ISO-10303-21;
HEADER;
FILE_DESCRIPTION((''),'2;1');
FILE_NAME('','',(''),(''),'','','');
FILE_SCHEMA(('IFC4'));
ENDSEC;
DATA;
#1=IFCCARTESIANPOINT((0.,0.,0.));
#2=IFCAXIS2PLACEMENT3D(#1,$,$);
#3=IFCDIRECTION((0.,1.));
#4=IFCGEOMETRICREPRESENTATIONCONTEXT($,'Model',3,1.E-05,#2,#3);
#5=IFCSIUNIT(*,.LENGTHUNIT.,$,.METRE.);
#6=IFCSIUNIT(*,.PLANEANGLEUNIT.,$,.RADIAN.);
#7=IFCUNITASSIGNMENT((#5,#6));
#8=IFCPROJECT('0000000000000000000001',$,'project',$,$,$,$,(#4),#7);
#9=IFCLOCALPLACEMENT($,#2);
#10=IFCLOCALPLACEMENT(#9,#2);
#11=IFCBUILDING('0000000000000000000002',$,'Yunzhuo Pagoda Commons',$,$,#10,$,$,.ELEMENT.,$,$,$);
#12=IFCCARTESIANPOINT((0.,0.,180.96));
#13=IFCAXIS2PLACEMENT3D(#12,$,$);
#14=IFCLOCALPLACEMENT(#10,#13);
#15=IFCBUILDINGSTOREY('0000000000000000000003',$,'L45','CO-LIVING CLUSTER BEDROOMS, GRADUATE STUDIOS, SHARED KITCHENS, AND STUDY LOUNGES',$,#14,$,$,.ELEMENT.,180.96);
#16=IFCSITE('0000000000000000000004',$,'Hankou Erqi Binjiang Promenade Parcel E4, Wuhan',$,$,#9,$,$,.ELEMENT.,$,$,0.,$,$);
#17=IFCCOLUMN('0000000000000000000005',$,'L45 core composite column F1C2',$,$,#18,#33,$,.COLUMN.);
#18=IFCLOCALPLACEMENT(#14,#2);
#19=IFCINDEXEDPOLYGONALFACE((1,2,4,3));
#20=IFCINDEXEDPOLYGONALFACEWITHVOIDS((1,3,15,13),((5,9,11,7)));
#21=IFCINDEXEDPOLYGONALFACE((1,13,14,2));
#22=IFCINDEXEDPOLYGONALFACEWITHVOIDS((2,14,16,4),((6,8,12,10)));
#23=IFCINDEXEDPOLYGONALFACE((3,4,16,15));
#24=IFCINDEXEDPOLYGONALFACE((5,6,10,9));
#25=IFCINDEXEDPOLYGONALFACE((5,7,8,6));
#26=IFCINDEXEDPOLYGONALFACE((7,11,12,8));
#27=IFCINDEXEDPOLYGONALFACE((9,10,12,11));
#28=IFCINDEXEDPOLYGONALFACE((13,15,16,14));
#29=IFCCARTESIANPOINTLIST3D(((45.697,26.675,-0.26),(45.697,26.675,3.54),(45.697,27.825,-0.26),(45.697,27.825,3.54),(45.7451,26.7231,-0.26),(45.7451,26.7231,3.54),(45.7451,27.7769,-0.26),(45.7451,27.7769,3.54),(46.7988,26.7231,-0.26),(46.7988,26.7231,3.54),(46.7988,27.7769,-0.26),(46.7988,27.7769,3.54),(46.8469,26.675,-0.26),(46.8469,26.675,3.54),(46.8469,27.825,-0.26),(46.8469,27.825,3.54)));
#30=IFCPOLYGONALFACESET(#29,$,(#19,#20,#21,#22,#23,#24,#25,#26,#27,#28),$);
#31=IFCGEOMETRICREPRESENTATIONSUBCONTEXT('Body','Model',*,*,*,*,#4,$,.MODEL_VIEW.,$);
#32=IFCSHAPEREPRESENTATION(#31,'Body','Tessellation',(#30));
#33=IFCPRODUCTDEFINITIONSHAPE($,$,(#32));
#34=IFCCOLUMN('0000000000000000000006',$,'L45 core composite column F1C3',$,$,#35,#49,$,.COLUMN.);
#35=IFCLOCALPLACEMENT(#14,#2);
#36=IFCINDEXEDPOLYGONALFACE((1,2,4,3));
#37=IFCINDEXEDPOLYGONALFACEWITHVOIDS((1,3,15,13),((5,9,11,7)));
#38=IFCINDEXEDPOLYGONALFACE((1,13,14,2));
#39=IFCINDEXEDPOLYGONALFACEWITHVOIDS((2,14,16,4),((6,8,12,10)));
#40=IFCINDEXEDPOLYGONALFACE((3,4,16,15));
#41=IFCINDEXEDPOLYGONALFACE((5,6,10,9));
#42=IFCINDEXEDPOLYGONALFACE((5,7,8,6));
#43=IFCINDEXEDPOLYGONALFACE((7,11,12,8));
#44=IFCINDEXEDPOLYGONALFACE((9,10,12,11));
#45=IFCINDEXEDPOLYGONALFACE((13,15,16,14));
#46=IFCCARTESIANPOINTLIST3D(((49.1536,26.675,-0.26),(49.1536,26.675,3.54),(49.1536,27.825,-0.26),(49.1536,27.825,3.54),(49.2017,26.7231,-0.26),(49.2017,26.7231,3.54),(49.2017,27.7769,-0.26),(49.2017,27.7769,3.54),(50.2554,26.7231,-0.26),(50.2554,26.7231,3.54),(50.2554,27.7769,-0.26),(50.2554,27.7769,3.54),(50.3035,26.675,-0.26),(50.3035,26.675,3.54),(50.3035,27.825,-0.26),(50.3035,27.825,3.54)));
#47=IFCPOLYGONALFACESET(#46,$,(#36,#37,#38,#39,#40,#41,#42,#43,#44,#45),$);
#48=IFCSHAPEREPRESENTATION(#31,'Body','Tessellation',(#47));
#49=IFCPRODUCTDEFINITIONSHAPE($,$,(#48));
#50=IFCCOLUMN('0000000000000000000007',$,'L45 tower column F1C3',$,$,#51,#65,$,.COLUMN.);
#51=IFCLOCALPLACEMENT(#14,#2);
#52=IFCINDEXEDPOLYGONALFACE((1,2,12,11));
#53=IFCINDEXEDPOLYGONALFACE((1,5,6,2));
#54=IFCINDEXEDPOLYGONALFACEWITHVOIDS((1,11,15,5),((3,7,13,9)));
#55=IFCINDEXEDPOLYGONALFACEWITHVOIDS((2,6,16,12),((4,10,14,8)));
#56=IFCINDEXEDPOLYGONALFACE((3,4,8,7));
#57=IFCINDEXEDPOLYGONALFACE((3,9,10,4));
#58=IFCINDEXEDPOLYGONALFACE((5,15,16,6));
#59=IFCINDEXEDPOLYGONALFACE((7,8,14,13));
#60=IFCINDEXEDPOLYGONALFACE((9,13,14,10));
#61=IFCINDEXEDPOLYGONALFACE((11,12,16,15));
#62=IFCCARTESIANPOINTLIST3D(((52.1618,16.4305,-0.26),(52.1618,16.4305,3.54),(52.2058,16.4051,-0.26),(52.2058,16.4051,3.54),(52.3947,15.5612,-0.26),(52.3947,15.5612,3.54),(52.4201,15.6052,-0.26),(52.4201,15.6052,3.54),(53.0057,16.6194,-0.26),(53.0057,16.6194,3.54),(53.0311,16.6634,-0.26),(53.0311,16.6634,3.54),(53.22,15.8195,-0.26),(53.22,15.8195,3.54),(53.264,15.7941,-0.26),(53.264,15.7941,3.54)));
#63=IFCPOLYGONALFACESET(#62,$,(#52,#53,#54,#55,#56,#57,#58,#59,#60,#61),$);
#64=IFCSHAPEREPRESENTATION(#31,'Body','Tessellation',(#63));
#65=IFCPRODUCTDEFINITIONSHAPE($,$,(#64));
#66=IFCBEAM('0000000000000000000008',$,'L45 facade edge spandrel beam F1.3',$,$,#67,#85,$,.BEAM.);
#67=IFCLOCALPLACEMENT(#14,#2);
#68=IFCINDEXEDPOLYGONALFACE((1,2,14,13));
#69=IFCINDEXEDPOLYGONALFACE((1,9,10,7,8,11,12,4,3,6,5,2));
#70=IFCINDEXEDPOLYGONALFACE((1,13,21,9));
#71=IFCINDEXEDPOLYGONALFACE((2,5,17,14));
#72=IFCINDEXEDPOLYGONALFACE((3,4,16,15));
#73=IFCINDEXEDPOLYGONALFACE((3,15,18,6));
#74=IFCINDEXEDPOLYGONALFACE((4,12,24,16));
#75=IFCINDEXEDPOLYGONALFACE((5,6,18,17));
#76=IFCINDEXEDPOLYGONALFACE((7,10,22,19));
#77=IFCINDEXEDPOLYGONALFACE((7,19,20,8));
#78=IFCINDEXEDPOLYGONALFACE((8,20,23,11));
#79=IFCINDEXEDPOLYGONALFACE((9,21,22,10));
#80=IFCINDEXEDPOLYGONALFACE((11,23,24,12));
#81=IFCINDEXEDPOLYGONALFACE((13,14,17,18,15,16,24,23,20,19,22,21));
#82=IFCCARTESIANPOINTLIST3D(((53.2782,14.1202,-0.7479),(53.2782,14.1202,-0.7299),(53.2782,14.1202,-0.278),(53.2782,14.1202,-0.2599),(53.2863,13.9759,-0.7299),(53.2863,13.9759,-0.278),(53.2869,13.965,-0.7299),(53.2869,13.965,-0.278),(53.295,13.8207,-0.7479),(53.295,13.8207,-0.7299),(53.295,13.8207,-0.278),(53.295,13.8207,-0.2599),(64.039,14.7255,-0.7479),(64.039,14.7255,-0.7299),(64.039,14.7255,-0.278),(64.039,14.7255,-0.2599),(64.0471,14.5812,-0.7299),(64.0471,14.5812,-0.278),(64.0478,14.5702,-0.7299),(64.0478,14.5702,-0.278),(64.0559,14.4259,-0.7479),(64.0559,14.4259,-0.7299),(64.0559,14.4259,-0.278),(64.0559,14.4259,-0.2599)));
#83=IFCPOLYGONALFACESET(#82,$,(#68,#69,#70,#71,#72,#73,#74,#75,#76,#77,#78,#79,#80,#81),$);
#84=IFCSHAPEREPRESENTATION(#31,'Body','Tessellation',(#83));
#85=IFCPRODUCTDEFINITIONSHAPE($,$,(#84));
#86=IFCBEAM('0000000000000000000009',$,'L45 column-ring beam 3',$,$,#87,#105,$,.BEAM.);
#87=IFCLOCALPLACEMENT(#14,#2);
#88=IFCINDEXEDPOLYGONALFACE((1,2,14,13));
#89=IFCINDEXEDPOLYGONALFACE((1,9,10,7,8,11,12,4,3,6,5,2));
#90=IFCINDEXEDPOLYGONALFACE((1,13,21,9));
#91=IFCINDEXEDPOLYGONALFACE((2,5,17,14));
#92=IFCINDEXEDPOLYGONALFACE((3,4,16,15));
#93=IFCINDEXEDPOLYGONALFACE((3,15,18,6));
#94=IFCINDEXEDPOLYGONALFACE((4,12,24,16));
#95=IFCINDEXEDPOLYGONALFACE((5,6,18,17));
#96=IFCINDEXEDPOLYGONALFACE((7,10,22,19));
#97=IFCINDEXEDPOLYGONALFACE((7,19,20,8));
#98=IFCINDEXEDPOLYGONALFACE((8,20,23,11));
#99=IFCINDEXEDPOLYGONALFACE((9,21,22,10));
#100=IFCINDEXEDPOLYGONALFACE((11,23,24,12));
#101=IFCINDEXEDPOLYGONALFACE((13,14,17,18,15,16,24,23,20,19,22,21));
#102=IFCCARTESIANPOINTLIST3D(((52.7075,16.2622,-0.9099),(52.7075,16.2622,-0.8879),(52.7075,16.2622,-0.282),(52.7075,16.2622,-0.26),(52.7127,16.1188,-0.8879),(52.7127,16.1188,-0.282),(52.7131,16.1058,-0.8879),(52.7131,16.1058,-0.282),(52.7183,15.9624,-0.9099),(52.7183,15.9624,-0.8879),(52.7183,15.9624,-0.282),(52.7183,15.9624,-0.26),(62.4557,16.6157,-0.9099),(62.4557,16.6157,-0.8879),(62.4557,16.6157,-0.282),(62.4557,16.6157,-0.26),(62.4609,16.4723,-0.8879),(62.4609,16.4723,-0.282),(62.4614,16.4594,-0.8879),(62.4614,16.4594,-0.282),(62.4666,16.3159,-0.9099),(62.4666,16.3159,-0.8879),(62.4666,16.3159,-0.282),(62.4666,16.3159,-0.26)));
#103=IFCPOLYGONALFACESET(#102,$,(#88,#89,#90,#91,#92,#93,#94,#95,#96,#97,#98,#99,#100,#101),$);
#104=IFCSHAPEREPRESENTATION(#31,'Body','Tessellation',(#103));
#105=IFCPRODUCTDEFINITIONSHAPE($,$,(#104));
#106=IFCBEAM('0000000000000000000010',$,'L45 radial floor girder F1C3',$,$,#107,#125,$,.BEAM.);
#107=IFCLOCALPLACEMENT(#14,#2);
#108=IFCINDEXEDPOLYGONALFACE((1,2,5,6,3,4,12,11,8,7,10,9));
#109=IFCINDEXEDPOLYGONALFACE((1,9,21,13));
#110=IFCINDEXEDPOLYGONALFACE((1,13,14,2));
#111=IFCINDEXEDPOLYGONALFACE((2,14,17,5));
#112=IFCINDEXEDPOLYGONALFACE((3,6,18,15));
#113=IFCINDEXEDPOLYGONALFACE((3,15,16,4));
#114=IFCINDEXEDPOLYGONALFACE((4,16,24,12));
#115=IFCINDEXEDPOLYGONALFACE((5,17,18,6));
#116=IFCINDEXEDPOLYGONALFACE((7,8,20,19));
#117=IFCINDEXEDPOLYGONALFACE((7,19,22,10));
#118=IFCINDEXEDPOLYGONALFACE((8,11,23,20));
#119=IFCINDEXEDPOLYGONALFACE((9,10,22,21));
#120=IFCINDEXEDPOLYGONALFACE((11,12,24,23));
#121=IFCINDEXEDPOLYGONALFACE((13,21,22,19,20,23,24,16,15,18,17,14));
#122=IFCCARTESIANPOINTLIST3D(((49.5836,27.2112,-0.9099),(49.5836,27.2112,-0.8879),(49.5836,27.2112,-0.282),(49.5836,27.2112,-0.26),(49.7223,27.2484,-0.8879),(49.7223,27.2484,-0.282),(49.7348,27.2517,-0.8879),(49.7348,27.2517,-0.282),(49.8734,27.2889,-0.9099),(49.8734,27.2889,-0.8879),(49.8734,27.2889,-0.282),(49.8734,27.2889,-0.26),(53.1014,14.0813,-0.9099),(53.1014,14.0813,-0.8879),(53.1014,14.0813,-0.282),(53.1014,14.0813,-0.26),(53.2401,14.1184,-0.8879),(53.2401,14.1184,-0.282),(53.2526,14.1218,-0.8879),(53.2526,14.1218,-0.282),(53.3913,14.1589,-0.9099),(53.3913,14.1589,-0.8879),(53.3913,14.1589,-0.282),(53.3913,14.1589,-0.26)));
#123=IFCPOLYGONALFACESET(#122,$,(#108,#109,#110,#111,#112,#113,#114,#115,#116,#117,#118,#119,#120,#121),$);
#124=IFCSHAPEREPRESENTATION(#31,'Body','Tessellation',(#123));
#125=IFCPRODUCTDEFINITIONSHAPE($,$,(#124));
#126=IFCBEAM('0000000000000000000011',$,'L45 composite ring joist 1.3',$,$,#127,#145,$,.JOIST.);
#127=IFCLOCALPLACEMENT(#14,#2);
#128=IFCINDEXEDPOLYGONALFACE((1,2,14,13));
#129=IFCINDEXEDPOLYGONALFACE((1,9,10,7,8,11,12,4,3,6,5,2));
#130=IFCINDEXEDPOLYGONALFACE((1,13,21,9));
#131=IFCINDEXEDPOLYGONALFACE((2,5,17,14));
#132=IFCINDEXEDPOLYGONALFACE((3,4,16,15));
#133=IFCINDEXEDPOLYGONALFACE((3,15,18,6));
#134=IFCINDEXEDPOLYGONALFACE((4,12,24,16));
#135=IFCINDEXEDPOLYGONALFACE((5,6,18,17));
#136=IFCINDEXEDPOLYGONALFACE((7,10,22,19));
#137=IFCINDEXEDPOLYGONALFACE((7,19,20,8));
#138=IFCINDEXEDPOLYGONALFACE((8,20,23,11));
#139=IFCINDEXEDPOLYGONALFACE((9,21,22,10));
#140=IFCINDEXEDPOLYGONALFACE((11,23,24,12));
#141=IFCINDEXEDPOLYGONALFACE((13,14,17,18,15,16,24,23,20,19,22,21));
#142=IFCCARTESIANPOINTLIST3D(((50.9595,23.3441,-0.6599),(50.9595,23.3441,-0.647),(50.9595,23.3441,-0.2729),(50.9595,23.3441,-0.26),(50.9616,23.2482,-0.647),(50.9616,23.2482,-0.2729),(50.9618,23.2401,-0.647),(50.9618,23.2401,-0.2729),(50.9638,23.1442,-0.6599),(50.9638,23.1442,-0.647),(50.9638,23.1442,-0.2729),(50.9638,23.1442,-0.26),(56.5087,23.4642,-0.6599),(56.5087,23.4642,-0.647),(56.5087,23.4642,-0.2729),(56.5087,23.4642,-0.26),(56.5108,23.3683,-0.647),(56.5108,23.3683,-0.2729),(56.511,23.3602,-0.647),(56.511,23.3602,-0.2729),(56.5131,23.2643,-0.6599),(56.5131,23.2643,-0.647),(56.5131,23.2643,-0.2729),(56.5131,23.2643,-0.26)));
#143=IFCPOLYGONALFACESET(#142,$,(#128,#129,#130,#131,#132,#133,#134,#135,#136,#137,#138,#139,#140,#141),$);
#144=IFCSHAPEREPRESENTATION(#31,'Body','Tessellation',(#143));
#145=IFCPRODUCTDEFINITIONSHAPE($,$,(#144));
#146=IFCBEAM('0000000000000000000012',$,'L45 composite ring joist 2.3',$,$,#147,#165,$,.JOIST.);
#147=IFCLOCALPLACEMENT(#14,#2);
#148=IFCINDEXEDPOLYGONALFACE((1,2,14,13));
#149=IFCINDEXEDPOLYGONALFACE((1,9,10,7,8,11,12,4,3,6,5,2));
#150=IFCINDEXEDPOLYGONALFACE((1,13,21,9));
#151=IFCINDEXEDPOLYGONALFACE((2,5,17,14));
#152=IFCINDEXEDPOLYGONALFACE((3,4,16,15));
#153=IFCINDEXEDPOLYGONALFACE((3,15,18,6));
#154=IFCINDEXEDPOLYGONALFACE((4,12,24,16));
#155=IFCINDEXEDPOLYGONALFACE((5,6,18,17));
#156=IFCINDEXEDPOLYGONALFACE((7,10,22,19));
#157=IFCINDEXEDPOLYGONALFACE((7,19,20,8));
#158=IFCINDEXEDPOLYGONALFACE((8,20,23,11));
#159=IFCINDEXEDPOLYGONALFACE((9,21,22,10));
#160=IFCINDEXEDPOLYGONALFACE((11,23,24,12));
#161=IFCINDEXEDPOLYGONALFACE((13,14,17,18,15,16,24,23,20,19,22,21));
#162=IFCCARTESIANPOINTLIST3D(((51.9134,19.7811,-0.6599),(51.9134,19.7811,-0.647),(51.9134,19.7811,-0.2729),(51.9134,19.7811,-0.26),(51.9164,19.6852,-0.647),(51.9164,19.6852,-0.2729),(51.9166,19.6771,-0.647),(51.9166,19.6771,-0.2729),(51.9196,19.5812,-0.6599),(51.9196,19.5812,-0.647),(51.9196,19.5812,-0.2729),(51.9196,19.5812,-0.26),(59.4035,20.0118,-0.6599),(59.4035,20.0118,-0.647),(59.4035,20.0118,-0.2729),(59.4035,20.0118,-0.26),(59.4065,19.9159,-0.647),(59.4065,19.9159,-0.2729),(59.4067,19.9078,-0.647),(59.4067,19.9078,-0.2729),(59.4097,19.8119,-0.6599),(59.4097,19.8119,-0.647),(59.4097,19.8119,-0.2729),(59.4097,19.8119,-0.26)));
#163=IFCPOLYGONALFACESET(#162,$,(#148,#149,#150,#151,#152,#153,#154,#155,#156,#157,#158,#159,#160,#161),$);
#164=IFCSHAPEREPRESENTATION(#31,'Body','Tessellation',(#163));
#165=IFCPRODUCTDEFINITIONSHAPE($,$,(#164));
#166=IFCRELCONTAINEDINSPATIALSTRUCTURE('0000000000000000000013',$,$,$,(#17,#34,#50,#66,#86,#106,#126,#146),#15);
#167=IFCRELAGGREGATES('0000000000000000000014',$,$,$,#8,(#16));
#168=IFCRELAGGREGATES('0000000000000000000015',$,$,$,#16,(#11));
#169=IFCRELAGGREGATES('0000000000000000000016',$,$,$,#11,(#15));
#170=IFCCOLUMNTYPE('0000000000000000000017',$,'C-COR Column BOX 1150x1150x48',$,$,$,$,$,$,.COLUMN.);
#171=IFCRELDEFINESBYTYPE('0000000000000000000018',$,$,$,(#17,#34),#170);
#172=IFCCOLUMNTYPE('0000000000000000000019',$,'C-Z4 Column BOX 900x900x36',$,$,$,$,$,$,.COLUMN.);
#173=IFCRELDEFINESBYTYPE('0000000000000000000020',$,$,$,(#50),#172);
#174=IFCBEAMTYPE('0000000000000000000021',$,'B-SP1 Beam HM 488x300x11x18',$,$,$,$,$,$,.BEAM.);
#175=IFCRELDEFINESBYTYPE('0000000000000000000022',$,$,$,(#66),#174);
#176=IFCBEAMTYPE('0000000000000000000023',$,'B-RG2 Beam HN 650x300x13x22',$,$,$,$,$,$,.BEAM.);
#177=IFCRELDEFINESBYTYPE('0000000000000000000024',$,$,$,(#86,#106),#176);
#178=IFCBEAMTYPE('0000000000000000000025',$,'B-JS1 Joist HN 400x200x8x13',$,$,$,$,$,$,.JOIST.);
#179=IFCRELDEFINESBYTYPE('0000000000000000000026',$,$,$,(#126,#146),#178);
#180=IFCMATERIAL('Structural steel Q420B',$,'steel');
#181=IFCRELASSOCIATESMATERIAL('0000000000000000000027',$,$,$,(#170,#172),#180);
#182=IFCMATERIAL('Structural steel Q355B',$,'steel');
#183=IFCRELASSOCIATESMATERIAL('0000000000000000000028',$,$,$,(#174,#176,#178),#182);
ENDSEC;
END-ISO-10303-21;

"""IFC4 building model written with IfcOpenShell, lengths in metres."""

from ifc_helpers import new_model, si_unit, direction, frame, origin, origin_2d, place, context, subcontext, project, spatial, hollow_rectangle, i_section, extrude, source, transform, mapped, material, material_profile, profile_set, type_object, element, save


model = new_model("IFC4")

# Units and contexts
model_context = context("Model", 3, precision=1e-05, world=origin(), true_north=direction((0.0, 1.0)))
body_context = subcontext(model_context, "Body", "Model", "MODEL_VIEW")
ifc_project = project(units=[si_unit("LENGTHUNIT", "METRE"), si_unit("PLANEANGLEUNIT", "RADIAN")], contexts=[model_context])

# Site, building, storey
site_placement = place(None, origin())
site = spatial("IfcSite", under=ifc_project, at=site_placement, Name="Hankou Erqi Binjiang Promenade Parcel E4, Wuhan", CompositionType="ELEMENT", RefElevation=0.0)
building_placement = place(site_placement, origin())
building = spatial("IfcBuilding", under=site, at=building_placement, Name="Yunzhuo Pagoda Commons", CompositionType="ELEMENT")
storey_placement = place(building_placement, frame((0.0, 0.0, 180.96)))
storey = spatial("IfcBuildingStorey", under=building, at=storey_placement, Name="L45", Description="CO-LIVING CLUSTER BEDROOMS, GRADUATE STUDIOS, SHARED KITCHENS, AND STUDY LOUNGES", CompositionType="ELEMENT", Elevation=180.96)

# Columns
ifc_material_1 = material(Name="Structural steel Q420B", Category="steel")
ifc_material_profile_1 = material_profile(ifc_material_1, hollow_rectangle(XDim=1.1499, YDim=1.1499, WallThickness=0.0481, at=origin_2d()), Name="Structural steel Q420B")
ifc_profile_set_1 = profile_set([ifc_material_profile_1], Name="Structural steel Q420B")
column_type_1 = type_object("IfcColumnType", Name="C-COR Column BOX 1150x1150x48", PredefinedType="COLUMN", material=ifc_profile_set_1)
shared_shape_1 = source(origin(), body_context, "Body", "SweptSolid", [
    extrude(hollow_rectangle(XDim=1.1499, YDim=1.1499, WallThickness=0.0481, at=origin_2d()), origin(), (0.0, 0.0, 1.0), 3.8),
])
for number, where, z_axis, x_axis, name in (
    (1, (46.272, 27.25, -0.26), (0.0, 0.0, 1.0), (1.0, 0.0, 0.0), "L45 core composite column F1C2"),
    (2, (49.7285, 27.25, -0.26), (0.0, 0.0, 1.0), (1.0, 0.0, 0.0), "L45 core composite column F1C3"),
):
    element("IfcColumn", number, at=place(storey_placement, frame(where, z_axis=z_axis, x_axis=x_axis)), inside=storey, type_object=column_type_1, Name=name, PredefinedType="COLUMN", context=body_context, shape_type="MappedRepresentation", body=[
        mapped(shared_shape_1, transform((0.0, 0.0, 0.0), scale=1.0)),
    ])
ifc_material_profile_2 = material_profile(ifc_material_1, hollow_rectangle(XDim=0.8999, YDim=0.8999, WallThickness=0.0359, at=origin_2d()), Name="Structural steel Q420B")
ifc_profile_set_2 = profile_set([ifc_material_profile_2], Name="Structural steel Q420B")
column_type_2 = type_object("IfcColumnType", Name="C-Z4 Column BOX 900x900x36", PredefinedType="COLUMN", material=ifc_profile_set_2)
shared_shape_2 = source(origin(), body_context, "Body", "SweptSolid", [
    extrude(hollow_rectangle(XDim=0.8999, YDim=0.8999, WallThickness=0.0359, at=origin_2d()), origin(), (0.0, 0.0, 1.0), 3.8),
])
column_placement = place(storey_placement, frame((52.7129, 16.1123, -0.26), z_axis=(0.0, 0.0, 1.0), x_axis=(0.965926, 0.258819, 0.0)))
element("IfcColumn", 3, at=column_placement, inside=storey, type_object=column_type_2, Name="L45 tower column F1C3", PredefinedType="COLUMN", context=body_context, shape_type="MappedRepresentation", body=[
    mapped(shared_shape_2, transform((0.0, 0.0, 0.0), scale=1.0)),
])

# Beams
ifc_material_2 = material(Name="Structural steel Q355B", Category="steel")
ifc_material_profile_3 = material_profile(ifc_material_2, i_section(OverallWidth=0.3, OverallDepth=0.488, WebThickness=0.011, FlangeThickness=0.0181, at=origin_2d()), Name="Structural steel Q355B")
ifc_profile_set_3 = profile_set([ifc_material_profile_3], Name="Structural steel Q355B")
beam_type_1 = type_object("IfcBeamType", Name="B-SP1 Beam HM 488x300x11x18", PredefinedType="BEAM", material=ifc_profile_set_3)
shared_shape_3 = source(origin(), body_context, "Body", "SweptSolid", [
    extrude(i_section(OverallWidth=0.3, OverallDepth=0.488, WebThickness=0.011, FlangeThickness=0.0181, at=origin_2d()), origin(), (0.0, 0.0, 1.0), 10.7778),
])
beam_1_placement = place(storey_placement, frame((53.2866, 13.9705, -0.5039), z_axis=(0.998422, 0.056155, 0.0), x_axis=(-0.056155, 0.998422, 0.0)))
element("IfcBeam", 4, at=beam_1_placement, inside=storey, type_object=beam_type_1, Name="L45 facade edge spandrel beam F1.3", PredefinedType="BEAM", context=body_context, shape_type="MappedRepresentation", body=[
    mapped(shared_shape_3, transform((0.0, 0.0, 0.0), scale=1.0)),
])
ifc_material_profile_4 = material_profile(ifc_material_2, i_section(OverallWidth=0.3, OverallDepth=0.6499, WebThickness=0.0129, FlangeThickness=0.022, at=origin_2d()), Name="Structural steel Q355B")
ifc_profile_set_4 = profile_set([ifc_material_profile_4], Name="Structural steel Q355B")
beam_type_2 = type_object("IfcBeamType", Name="B-RG2 Beam HN 650x300x13x22", PredefinedType="BEAM", material=ifc_profile_set_4)
shared_shape_4 = source(origin(), body_context, "Body", "SweptSolid", [
    extrude(i_section(OverallWidth=0.3, OverallDepth=0.6499, WebThickness=0.0129, FlangeThickness=0.022, at=origin_2d()), origin(), (0.0, 0.0, 1.0), 9.7546),
])
beam_2_placement = place(storey_placement, frame((52.7129, 16.1123, -0.585), z_axis=(0.999343, 0.036241, 0.0), x_axis=(-0.036241, 0.999343, 0.0)))
element("IfcBeam", 5, at=beam_2_placement, inside=storey, type_object=beam_type_2, Name="L45 column-ring beam 3", PredefinedType="BEAM", context=body_context, shape_type="MappedRepresentation", body=[
    mapped(shared_shape_4, transform((0.0, 0.0, 0.0), scale=1.0)),
])
shared_shape_5 = source(origin(), body_context, "Body", "SweptSolid", [
    extrude(i_section(OverallWidth=0.3, OverallDepth=0.6499, WebThickness=0.0129, FlangeThickness=0.022, at=origin_2d()), origin(), (0.0, 0.0, 1.0), 13.593),
])
beam_3_placement = place(storey_placement, frame((53.2463, 14.1201, -0.585), z_axis=(-0.258797, 0.965932, 0.0), x_axis=(-0.965932, -0.258797, 0.0)))
element("IfcBeam", 6, at=beam_3_placement, inside=storey, type_object=beam_type_2, Name="L45 radial floor girder F1C3", PredefinedType="BEAM", context=body_context, shape_type="MappedRepresentation", body=[
    mapped(shared_shape_5, transform((0.0, 0.0, 0.0), scale=1.0)),
])
ifc_material_profile_5 = material_profile(ifc_material_2, i_section(OverallWidth=0.2, OverallDepth=0.3999, WebThickness=0.0081, FlangeThickness=0.0129, at=origin_2d()), Name="Structural steel Q355B")
ifc_profile_set_5 = profile_set([ifc_material_profile_5], Name="Structural steel Q355B")
beam_type_3 = type_object("IfcBeamType", Name="B-JS1 Joist HN 400x200x8x13", PredefinedType="JOIST", material=ifc_profile_set_5)
shared_shape_6 = source(origin(), body_context, "Body", "SweptSolid", [
    extrude(i_section(OverallWidth=0.2, OverallDepth=0.3999, WebThickness=0.0081, FlangeThickness=0.0129, at=origin_2d()), origin(), (0.0, 0.0, 1.0), 5.5505),
])
beam_4_placement = place(storey_placement, frame((50.9617, 23.2441, -0.46), z_axis=(0.999766, 0.02164, 0.0), x_axis=(-0.02164, 0.999766, 0.0)))
element("IfcBeam", 7, at=beam_4_placement, inside=storey, type_object=beam_type_3, Name="L45 composite ring joist 1.3", PredefinedType="JOIST", context=body_context, shape_type="MappedRepresentation", body=[
    mapped(shared_shape_6, transform((0.0, 0.0, 0.0), scale=1.0)),
])
shared_shape_7 = source(origin(), body_context, "Body", "SweptSolid", [
    extrude(i_section(OverallWidth=0.2, OverallDepth=0.3999, WebThickness=0.0081, FlangeThickness=0.0129, at=origin_2d()), origin(), (0.0, 0.0, 1.0), 7.4937),
])
beam_5_placement = place(storey_placement, frame((51.9165, 19.6812, -0.46), z_axis=(0.999526, 0.030788, 0.0), x_axis=(-0.030788, 0.999526, 0.0)))
element("IfcBeam", 8, at=beam_5_placement, inside=storey, type_object=beam_type_3, Name="L45 composite ring joist 2.3", PredefinedType="JOIST", context=body_context, shape_type="MappedRepresentation", body=[
    mapped(shared_shape_7, transform((0.0, 0.0, 0.0), scale=1.0)),
])

save(model, "model.ifc")
